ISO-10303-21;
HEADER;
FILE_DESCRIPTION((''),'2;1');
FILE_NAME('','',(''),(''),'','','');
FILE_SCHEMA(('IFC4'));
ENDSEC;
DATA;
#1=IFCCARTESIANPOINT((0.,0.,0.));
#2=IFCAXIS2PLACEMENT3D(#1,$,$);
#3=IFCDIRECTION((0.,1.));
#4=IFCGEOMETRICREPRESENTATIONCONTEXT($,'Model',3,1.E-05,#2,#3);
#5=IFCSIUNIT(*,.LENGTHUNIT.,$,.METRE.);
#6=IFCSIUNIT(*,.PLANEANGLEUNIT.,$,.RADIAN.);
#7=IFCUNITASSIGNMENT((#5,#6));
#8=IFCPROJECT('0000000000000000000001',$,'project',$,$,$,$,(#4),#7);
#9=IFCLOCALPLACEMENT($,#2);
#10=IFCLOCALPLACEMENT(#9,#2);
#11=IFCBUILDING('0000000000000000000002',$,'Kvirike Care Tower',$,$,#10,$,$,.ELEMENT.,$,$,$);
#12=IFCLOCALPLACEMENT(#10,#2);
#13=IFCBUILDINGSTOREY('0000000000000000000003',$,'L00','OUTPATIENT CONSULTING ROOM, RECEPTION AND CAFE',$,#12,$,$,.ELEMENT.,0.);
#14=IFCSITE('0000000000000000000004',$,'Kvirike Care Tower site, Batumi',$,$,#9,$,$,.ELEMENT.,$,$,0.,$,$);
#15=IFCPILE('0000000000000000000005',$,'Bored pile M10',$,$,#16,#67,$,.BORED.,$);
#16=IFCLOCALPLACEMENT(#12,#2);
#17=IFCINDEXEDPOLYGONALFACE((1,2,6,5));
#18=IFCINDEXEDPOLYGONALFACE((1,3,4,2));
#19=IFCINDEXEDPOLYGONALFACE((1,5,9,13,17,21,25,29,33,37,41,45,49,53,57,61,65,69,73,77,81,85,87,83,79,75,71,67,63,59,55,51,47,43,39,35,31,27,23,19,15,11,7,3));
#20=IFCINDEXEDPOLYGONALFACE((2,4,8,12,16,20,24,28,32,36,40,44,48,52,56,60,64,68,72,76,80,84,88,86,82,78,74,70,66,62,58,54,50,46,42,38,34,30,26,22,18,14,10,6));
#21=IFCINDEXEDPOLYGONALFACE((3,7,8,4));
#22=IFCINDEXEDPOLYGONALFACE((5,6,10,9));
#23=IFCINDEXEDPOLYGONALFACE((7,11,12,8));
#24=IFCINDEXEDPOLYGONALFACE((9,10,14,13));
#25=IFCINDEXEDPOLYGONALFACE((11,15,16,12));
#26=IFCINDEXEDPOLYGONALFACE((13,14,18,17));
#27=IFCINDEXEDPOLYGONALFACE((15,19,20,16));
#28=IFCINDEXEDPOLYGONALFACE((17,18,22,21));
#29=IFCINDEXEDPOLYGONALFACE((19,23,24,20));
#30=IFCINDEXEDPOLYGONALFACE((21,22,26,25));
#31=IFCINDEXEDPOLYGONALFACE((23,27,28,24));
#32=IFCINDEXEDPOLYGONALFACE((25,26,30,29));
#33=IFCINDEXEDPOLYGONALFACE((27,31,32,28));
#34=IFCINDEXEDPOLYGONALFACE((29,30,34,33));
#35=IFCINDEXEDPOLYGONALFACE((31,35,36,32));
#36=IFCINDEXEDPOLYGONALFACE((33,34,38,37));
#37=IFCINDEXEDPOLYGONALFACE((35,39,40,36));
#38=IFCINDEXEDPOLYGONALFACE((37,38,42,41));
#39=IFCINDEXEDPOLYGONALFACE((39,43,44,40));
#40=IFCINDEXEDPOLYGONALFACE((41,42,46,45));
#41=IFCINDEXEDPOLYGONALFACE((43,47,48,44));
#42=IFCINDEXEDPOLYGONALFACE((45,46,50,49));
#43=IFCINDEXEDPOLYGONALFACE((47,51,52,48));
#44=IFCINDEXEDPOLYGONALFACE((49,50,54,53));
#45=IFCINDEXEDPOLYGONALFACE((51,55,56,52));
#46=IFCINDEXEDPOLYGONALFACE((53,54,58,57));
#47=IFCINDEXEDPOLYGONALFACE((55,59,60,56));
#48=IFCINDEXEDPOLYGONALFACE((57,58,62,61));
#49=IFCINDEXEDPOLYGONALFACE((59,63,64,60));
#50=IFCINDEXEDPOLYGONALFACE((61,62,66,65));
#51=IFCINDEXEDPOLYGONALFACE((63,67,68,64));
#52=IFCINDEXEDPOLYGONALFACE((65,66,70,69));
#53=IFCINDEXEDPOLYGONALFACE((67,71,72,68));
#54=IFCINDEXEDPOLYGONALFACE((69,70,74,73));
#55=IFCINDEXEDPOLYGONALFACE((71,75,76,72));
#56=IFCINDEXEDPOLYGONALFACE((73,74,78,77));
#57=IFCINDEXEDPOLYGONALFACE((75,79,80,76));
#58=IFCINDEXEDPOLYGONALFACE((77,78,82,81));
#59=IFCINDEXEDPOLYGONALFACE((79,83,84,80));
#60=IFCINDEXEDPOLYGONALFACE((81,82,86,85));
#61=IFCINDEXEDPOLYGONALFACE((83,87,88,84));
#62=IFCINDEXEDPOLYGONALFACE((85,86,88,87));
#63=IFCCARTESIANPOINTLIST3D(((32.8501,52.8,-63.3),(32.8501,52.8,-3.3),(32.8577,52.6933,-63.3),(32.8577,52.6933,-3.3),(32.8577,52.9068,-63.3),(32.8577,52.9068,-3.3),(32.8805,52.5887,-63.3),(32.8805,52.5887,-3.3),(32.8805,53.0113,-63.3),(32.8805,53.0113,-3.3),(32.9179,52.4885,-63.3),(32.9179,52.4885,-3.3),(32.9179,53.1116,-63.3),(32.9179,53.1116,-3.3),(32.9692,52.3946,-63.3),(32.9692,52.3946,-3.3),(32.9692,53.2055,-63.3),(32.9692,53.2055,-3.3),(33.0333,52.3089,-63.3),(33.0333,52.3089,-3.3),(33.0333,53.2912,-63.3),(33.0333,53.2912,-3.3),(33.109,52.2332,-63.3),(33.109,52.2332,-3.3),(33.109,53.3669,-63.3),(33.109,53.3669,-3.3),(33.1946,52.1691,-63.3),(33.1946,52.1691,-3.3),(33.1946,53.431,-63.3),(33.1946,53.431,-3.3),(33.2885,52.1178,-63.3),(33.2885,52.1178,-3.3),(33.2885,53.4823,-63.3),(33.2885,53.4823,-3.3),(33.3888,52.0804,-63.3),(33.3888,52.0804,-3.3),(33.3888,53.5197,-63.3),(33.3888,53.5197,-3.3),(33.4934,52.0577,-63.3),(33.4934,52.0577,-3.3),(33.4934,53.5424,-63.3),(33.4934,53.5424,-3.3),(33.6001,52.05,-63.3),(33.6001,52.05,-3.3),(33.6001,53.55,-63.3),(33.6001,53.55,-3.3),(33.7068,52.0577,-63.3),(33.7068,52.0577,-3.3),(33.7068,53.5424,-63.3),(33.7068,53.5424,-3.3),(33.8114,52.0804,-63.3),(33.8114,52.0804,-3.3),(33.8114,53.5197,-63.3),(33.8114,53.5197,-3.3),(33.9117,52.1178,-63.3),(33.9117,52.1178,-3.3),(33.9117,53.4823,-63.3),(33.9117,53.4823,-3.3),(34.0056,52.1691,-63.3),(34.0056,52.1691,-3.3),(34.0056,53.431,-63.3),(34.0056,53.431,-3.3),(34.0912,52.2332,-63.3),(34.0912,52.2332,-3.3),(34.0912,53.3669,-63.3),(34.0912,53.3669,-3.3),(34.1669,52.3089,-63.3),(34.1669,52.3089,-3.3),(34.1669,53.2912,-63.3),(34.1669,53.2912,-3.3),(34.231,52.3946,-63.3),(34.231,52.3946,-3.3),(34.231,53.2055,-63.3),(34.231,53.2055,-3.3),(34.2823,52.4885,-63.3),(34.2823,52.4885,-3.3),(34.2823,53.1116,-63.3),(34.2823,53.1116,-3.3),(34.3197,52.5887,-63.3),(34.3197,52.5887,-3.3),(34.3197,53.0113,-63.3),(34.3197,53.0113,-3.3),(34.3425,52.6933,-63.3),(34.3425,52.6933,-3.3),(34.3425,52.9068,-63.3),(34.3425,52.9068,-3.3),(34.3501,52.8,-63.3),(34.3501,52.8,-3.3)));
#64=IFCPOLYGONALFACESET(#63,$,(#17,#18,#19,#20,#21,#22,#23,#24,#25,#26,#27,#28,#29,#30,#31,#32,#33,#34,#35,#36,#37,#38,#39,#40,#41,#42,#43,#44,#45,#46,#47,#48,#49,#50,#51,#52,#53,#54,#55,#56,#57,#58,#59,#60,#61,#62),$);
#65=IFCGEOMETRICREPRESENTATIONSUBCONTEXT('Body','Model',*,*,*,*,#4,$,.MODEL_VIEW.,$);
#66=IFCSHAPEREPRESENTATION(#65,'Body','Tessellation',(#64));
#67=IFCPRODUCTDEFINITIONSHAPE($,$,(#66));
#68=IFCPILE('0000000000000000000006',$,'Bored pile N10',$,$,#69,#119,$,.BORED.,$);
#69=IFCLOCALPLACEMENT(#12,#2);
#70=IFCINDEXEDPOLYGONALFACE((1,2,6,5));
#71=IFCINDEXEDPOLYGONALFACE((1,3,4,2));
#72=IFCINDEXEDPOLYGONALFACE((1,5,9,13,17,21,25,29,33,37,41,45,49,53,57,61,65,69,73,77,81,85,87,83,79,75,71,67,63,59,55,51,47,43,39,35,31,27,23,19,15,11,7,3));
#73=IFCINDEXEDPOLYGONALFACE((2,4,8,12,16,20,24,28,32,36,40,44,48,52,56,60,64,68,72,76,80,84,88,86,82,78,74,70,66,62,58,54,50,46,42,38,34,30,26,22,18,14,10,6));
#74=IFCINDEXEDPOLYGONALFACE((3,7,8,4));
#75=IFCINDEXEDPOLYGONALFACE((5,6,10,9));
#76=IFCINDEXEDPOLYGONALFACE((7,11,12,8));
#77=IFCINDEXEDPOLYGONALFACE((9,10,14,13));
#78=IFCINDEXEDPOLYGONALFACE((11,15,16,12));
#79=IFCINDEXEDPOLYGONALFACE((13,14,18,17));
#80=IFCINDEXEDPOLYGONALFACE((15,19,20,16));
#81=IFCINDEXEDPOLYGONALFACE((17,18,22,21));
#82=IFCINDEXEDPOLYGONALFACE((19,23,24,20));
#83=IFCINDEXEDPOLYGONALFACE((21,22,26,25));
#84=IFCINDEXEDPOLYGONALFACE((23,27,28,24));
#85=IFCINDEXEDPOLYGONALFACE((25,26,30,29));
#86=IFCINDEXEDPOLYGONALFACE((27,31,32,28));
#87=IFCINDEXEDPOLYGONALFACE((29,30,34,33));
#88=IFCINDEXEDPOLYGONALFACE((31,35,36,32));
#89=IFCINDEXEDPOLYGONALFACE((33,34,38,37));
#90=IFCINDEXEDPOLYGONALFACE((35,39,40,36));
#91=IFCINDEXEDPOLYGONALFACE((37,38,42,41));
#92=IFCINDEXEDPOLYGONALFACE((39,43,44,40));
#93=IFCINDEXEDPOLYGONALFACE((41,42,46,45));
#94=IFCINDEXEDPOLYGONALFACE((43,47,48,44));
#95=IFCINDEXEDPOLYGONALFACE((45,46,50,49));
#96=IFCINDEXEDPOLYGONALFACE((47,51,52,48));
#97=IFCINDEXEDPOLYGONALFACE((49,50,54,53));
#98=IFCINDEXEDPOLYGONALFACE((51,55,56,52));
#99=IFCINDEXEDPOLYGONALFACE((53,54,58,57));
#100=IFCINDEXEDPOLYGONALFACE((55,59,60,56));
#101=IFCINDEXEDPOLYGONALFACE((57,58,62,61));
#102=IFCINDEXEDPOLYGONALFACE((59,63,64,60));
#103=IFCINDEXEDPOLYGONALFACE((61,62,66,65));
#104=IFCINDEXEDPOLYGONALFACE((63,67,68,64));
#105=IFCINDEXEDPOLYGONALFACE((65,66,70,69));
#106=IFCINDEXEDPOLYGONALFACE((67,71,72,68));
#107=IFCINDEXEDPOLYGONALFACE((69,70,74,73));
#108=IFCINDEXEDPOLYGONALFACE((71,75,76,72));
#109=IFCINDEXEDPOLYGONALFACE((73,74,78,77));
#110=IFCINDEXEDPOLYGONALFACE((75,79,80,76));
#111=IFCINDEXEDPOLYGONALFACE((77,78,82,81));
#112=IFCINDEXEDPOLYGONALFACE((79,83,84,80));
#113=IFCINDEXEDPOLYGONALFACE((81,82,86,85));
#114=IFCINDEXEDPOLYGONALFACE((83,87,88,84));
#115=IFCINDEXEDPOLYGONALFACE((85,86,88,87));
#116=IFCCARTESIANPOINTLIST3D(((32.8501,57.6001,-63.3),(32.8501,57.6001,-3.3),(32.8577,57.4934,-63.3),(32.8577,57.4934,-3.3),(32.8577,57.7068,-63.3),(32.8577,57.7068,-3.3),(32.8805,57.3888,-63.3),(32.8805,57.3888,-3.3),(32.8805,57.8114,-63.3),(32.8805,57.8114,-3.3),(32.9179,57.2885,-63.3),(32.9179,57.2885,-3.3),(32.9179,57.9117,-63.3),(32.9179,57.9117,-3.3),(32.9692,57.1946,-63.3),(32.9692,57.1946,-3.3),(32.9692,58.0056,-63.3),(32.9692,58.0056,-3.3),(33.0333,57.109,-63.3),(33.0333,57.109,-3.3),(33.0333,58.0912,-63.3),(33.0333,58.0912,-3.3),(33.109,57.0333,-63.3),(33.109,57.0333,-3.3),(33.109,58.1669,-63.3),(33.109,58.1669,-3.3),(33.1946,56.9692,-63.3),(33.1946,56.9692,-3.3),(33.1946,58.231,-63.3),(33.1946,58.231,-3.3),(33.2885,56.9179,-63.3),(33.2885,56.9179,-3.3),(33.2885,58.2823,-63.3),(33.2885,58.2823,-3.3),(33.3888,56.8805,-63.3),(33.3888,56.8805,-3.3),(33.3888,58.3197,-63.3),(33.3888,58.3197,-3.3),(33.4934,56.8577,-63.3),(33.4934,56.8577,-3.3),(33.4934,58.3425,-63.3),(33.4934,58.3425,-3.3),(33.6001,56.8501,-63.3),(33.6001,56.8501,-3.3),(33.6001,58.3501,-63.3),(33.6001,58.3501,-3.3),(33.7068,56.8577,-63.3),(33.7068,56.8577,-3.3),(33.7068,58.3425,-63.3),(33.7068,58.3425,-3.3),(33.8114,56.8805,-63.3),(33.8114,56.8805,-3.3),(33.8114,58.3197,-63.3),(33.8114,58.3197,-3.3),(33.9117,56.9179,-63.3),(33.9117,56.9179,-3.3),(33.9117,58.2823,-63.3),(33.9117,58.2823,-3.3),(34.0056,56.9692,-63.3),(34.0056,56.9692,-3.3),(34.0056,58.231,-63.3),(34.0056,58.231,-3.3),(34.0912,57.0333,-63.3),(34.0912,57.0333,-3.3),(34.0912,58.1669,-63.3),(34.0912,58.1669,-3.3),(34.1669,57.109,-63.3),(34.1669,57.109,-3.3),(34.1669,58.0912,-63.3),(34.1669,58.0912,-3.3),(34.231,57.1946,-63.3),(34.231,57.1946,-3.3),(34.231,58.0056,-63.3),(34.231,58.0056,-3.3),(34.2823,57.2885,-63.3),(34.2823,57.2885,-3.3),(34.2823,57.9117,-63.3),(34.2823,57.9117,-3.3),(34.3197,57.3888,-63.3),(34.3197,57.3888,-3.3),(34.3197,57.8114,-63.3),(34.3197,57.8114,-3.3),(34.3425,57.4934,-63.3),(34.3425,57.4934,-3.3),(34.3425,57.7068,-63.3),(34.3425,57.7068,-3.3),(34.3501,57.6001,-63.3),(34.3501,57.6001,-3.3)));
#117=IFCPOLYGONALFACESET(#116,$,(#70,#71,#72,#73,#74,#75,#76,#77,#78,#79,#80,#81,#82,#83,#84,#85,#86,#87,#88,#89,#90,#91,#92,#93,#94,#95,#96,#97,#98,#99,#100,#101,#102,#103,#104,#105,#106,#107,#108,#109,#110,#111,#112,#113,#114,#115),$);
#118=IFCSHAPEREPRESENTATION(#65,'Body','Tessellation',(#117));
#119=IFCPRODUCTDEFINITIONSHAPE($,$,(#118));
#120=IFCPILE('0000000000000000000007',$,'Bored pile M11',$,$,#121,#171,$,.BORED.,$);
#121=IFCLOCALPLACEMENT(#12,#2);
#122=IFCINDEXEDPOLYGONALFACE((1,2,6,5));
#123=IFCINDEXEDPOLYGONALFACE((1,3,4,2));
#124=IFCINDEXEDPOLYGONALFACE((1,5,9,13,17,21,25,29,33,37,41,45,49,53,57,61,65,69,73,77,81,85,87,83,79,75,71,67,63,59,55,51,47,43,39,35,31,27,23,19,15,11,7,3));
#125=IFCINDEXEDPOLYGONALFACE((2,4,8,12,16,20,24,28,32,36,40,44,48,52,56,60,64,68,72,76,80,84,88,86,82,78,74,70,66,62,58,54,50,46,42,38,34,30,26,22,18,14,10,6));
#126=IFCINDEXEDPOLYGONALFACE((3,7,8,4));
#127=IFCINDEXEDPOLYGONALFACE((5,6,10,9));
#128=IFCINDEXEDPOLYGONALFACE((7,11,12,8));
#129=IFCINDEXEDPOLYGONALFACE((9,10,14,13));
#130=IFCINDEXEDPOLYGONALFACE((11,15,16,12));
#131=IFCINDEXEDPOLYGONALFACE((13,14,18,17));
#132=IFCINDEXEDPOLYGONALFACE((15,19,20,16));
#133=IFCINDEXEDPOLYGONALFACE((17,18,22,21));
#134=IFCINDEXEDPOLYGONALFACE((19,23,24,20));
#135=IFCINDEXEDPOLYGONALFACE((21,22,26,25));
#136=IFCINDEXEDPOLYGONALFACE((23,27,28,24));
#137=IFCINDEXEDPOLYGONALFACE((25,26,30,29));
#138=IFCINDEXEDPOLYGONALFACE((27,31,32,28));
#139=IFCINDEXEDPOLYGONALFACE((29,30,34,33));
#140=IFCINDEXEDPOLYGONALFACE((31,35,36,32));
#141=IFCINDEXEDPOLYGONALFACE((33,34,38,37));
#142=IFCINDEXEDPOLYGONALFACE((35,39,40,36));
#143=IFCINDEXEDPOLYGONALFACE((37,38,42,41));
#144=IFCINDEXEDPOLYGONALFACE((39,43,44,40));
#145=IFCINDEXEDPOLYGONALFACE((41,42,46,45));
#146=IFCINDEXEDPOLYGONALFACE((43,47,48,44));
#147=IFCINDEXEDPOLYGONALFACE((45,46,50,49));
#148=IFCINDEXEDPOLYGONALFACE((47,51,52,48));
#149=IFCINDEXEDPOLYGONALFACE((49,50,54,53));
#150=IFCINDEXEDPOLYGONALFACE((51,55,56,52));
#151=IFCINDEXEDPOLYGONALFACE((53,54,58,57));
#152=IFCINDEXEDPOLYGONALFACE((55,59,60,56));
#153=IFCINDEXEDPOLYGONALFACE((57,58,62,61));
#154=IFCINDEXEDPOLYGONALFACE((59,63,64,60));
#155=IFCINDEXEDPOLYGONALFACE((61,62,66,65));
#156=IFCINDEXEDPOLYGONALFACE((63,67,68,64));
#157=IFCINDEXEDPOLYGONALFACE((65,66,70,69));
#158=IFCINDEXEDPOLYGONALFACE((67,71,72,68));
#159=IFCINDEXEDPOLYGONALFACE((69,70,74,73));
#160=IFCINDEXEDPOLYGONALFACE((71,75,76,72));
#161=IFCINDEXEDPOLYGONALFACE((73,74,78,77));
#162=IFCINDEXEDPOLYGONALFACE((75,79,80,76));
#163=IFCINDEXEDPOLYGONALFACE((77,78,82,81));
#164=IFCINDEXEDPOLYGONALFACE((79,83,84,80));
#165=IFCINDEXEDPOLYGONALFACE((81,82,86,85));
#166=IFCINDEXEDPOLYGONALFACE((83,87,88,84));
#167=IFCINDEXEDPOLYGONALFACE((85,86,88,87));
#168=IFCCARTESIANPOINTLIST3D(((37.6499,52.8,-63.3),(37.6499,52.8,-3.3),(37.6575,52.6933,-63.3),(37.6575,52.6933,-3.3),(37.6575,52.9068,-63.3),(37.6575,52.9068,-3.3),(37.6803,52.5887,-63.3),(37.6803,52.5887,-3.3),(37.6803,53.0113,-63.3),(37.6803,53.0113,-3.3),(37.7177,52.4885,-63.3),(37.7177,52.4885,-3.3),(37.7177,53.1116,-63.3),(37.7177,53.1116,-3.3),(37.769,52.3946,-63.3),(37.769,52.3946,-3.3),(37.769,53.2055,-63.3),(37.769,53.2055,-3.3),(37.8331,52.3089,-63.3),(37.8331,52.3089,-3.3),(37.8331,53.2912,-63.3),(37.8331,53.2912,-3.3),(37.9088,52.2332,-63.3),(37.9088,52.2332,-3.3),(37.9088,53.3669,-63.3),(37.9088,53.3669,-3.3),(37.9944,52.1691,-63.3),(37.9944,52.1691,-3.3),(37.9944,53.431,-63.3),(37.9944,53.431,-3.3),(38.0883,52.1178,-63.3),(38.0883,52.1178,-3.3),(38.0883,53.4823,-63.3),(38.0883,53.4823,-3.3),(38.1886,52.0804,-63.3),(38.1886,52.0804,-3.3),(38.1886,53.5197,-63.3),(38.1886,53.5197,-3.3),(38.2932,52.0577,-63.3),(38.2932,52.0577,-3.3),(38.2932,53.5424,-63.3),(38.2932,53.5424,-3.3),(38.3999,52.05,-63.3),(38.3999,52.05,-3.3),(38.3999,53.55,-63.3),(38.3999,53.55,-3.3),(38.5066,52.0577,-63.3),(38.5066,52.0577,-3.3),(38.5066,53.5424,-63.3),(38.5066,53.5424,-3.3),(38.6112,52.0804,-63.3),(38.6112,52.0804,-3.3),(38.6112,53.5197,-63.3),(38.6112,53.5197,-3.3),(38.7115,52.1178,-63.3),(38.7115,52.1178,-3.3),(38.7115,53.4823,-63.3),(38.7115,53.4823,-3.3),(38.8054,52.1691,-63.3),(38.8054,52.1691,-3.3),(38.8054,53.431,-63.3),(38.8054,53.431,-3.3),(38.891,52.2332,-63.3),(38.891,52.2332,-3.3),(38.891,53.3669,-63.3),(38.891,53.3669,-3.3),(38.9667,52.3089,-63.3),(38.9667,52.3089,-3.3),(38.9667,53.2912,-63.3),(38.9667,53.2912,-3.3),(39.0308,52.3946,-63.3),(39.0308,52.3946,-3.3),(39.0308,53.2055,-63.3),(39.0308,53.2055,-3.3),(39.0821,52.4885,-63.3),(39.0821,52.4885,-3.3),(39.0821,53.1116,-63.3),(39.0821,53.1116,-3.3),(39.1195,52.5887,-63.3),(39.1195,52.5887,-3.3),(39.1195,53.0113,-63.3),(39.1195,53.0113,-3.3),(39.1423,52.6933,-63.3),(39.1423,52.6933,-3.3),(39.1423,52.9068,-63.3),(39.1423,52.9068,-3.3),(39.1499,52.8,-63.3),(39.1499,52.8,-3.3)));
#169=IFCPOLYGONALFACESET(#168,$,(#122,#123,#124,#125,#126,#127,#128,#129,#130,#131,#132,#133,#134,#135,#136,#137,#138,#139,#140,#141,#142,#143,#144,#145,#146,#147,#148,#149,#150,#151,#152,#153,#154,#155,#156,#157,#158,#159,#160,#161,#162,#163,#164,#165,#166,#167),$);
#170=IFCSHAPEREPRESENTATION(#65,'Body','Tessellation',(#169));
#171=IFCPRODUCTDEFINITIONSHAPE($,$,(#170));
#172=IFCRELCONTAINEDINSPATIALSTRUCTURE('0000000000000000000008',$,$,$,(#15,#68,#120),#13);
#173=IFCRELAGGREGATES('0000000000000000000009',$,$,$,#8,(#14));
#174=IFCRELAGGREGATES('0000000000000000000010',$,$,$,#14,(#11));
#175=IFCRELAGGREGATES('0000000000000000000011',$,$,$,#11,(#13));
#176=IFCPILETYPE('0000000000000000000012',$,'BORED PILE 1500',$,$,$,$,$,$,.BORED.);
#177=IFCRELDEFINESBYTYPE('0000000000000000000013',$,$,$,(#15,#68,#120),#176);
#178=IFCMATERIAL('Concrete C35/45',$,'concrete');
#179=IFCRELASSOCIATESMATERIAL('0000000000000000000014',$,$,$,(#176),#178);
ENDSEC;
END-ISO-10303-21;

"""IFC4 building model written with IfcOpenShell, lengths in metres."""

from ifc_helpers import new_model, si_unit, direction, frame, origin, origin_2d, place, context, subcontext, project, spatial, circle, extrude, material, material_profile, profile_set, type_object, element, save


model = new_model("IFC4")

# Units and contexts
model_context = context("Model", 3, precision=1e-05, world=origin(), true_north=direction((0.0, 1.0)))
body_context = subcontext(model_context, "Body", "Model", "MODEL_VIEW")
ifc_project = project(units=[si_unit("LENGTHUNIT", "METRE"), si_unit("PLANEANGLEUNIT", "RADIAN")], contexts=[model_context])

# Site, building, storey
site_placement = place(None, origin())
site = spatial("IfcSite", under=ifc_project, at=site_placement, Name="Kvirike Care Tower site, Batumi", CompositionType="ELEMENT", RefElevation=0.0)
building_placement = place(site_placement, origin())
building = spatial("IfcBuilding", under=site, at=building_placement, Name="Kvirike Care Tower", CompositionType="ELEMENT")
storey_placement = place(building_placement, origin())
storey = spatial("IfcBuildingStorey", under=building, at=storey_placement, Name="L00", Description="OUTPATIENT CONSULTING ROOM, RECEPTION AND CAFE", CompositionType="ELEMENT", Elevation=0.0)

# Piles
ifc_material_1 = material(Name="Concrete C35/45", Category="concrete")
ifc_material_profile_1 = material_profile(ifc_material_1, circle(Radius=0.75, at=origin_2d()), Name="BORED PILE 1500")
ifc_profile_set_1 = profile_set([ifc_material_profile_1], Name="Concrete C35/45")
pile_type = type_object("IfcPileType", Name="BORED PILE 1500", PredefinedType="BORED", material=ifc_profile_set_1)
for number, where, z_axis, x_axis, name in (
    (1, (33.6001, 52.8, -3.3), (0.0, 0.0, -1.0), (1.0, 0.0, 0.0), "Bored pile M10"),
    (2, (33.6001, 57.6001, -3.3), (0.0, 0.0, -1.0), (1.0, 0.0, 0.0), "Bored pile N10"),
    (3, (38.3999, 52.8, -3.3), (0.0, 0.0, -1.0), (1.0, 0.0, 0.0), "Bored pile M11"),
):
    element("IfcPile", number, at=place(storey_placement, frame(where, z_axis=z_axis, x_axis=x_axis)), inside=storey, type_object=pile_type, Name=name, PredefinedType="BORED", context=body_context, shape_type="SweptSolid", body=[
        extrude(circle(Radius=0.75, at=origin_2d()), origin(), (0.0, 0.0, 1.0), 60.0),
    ])

save(model, "model.ifc")
